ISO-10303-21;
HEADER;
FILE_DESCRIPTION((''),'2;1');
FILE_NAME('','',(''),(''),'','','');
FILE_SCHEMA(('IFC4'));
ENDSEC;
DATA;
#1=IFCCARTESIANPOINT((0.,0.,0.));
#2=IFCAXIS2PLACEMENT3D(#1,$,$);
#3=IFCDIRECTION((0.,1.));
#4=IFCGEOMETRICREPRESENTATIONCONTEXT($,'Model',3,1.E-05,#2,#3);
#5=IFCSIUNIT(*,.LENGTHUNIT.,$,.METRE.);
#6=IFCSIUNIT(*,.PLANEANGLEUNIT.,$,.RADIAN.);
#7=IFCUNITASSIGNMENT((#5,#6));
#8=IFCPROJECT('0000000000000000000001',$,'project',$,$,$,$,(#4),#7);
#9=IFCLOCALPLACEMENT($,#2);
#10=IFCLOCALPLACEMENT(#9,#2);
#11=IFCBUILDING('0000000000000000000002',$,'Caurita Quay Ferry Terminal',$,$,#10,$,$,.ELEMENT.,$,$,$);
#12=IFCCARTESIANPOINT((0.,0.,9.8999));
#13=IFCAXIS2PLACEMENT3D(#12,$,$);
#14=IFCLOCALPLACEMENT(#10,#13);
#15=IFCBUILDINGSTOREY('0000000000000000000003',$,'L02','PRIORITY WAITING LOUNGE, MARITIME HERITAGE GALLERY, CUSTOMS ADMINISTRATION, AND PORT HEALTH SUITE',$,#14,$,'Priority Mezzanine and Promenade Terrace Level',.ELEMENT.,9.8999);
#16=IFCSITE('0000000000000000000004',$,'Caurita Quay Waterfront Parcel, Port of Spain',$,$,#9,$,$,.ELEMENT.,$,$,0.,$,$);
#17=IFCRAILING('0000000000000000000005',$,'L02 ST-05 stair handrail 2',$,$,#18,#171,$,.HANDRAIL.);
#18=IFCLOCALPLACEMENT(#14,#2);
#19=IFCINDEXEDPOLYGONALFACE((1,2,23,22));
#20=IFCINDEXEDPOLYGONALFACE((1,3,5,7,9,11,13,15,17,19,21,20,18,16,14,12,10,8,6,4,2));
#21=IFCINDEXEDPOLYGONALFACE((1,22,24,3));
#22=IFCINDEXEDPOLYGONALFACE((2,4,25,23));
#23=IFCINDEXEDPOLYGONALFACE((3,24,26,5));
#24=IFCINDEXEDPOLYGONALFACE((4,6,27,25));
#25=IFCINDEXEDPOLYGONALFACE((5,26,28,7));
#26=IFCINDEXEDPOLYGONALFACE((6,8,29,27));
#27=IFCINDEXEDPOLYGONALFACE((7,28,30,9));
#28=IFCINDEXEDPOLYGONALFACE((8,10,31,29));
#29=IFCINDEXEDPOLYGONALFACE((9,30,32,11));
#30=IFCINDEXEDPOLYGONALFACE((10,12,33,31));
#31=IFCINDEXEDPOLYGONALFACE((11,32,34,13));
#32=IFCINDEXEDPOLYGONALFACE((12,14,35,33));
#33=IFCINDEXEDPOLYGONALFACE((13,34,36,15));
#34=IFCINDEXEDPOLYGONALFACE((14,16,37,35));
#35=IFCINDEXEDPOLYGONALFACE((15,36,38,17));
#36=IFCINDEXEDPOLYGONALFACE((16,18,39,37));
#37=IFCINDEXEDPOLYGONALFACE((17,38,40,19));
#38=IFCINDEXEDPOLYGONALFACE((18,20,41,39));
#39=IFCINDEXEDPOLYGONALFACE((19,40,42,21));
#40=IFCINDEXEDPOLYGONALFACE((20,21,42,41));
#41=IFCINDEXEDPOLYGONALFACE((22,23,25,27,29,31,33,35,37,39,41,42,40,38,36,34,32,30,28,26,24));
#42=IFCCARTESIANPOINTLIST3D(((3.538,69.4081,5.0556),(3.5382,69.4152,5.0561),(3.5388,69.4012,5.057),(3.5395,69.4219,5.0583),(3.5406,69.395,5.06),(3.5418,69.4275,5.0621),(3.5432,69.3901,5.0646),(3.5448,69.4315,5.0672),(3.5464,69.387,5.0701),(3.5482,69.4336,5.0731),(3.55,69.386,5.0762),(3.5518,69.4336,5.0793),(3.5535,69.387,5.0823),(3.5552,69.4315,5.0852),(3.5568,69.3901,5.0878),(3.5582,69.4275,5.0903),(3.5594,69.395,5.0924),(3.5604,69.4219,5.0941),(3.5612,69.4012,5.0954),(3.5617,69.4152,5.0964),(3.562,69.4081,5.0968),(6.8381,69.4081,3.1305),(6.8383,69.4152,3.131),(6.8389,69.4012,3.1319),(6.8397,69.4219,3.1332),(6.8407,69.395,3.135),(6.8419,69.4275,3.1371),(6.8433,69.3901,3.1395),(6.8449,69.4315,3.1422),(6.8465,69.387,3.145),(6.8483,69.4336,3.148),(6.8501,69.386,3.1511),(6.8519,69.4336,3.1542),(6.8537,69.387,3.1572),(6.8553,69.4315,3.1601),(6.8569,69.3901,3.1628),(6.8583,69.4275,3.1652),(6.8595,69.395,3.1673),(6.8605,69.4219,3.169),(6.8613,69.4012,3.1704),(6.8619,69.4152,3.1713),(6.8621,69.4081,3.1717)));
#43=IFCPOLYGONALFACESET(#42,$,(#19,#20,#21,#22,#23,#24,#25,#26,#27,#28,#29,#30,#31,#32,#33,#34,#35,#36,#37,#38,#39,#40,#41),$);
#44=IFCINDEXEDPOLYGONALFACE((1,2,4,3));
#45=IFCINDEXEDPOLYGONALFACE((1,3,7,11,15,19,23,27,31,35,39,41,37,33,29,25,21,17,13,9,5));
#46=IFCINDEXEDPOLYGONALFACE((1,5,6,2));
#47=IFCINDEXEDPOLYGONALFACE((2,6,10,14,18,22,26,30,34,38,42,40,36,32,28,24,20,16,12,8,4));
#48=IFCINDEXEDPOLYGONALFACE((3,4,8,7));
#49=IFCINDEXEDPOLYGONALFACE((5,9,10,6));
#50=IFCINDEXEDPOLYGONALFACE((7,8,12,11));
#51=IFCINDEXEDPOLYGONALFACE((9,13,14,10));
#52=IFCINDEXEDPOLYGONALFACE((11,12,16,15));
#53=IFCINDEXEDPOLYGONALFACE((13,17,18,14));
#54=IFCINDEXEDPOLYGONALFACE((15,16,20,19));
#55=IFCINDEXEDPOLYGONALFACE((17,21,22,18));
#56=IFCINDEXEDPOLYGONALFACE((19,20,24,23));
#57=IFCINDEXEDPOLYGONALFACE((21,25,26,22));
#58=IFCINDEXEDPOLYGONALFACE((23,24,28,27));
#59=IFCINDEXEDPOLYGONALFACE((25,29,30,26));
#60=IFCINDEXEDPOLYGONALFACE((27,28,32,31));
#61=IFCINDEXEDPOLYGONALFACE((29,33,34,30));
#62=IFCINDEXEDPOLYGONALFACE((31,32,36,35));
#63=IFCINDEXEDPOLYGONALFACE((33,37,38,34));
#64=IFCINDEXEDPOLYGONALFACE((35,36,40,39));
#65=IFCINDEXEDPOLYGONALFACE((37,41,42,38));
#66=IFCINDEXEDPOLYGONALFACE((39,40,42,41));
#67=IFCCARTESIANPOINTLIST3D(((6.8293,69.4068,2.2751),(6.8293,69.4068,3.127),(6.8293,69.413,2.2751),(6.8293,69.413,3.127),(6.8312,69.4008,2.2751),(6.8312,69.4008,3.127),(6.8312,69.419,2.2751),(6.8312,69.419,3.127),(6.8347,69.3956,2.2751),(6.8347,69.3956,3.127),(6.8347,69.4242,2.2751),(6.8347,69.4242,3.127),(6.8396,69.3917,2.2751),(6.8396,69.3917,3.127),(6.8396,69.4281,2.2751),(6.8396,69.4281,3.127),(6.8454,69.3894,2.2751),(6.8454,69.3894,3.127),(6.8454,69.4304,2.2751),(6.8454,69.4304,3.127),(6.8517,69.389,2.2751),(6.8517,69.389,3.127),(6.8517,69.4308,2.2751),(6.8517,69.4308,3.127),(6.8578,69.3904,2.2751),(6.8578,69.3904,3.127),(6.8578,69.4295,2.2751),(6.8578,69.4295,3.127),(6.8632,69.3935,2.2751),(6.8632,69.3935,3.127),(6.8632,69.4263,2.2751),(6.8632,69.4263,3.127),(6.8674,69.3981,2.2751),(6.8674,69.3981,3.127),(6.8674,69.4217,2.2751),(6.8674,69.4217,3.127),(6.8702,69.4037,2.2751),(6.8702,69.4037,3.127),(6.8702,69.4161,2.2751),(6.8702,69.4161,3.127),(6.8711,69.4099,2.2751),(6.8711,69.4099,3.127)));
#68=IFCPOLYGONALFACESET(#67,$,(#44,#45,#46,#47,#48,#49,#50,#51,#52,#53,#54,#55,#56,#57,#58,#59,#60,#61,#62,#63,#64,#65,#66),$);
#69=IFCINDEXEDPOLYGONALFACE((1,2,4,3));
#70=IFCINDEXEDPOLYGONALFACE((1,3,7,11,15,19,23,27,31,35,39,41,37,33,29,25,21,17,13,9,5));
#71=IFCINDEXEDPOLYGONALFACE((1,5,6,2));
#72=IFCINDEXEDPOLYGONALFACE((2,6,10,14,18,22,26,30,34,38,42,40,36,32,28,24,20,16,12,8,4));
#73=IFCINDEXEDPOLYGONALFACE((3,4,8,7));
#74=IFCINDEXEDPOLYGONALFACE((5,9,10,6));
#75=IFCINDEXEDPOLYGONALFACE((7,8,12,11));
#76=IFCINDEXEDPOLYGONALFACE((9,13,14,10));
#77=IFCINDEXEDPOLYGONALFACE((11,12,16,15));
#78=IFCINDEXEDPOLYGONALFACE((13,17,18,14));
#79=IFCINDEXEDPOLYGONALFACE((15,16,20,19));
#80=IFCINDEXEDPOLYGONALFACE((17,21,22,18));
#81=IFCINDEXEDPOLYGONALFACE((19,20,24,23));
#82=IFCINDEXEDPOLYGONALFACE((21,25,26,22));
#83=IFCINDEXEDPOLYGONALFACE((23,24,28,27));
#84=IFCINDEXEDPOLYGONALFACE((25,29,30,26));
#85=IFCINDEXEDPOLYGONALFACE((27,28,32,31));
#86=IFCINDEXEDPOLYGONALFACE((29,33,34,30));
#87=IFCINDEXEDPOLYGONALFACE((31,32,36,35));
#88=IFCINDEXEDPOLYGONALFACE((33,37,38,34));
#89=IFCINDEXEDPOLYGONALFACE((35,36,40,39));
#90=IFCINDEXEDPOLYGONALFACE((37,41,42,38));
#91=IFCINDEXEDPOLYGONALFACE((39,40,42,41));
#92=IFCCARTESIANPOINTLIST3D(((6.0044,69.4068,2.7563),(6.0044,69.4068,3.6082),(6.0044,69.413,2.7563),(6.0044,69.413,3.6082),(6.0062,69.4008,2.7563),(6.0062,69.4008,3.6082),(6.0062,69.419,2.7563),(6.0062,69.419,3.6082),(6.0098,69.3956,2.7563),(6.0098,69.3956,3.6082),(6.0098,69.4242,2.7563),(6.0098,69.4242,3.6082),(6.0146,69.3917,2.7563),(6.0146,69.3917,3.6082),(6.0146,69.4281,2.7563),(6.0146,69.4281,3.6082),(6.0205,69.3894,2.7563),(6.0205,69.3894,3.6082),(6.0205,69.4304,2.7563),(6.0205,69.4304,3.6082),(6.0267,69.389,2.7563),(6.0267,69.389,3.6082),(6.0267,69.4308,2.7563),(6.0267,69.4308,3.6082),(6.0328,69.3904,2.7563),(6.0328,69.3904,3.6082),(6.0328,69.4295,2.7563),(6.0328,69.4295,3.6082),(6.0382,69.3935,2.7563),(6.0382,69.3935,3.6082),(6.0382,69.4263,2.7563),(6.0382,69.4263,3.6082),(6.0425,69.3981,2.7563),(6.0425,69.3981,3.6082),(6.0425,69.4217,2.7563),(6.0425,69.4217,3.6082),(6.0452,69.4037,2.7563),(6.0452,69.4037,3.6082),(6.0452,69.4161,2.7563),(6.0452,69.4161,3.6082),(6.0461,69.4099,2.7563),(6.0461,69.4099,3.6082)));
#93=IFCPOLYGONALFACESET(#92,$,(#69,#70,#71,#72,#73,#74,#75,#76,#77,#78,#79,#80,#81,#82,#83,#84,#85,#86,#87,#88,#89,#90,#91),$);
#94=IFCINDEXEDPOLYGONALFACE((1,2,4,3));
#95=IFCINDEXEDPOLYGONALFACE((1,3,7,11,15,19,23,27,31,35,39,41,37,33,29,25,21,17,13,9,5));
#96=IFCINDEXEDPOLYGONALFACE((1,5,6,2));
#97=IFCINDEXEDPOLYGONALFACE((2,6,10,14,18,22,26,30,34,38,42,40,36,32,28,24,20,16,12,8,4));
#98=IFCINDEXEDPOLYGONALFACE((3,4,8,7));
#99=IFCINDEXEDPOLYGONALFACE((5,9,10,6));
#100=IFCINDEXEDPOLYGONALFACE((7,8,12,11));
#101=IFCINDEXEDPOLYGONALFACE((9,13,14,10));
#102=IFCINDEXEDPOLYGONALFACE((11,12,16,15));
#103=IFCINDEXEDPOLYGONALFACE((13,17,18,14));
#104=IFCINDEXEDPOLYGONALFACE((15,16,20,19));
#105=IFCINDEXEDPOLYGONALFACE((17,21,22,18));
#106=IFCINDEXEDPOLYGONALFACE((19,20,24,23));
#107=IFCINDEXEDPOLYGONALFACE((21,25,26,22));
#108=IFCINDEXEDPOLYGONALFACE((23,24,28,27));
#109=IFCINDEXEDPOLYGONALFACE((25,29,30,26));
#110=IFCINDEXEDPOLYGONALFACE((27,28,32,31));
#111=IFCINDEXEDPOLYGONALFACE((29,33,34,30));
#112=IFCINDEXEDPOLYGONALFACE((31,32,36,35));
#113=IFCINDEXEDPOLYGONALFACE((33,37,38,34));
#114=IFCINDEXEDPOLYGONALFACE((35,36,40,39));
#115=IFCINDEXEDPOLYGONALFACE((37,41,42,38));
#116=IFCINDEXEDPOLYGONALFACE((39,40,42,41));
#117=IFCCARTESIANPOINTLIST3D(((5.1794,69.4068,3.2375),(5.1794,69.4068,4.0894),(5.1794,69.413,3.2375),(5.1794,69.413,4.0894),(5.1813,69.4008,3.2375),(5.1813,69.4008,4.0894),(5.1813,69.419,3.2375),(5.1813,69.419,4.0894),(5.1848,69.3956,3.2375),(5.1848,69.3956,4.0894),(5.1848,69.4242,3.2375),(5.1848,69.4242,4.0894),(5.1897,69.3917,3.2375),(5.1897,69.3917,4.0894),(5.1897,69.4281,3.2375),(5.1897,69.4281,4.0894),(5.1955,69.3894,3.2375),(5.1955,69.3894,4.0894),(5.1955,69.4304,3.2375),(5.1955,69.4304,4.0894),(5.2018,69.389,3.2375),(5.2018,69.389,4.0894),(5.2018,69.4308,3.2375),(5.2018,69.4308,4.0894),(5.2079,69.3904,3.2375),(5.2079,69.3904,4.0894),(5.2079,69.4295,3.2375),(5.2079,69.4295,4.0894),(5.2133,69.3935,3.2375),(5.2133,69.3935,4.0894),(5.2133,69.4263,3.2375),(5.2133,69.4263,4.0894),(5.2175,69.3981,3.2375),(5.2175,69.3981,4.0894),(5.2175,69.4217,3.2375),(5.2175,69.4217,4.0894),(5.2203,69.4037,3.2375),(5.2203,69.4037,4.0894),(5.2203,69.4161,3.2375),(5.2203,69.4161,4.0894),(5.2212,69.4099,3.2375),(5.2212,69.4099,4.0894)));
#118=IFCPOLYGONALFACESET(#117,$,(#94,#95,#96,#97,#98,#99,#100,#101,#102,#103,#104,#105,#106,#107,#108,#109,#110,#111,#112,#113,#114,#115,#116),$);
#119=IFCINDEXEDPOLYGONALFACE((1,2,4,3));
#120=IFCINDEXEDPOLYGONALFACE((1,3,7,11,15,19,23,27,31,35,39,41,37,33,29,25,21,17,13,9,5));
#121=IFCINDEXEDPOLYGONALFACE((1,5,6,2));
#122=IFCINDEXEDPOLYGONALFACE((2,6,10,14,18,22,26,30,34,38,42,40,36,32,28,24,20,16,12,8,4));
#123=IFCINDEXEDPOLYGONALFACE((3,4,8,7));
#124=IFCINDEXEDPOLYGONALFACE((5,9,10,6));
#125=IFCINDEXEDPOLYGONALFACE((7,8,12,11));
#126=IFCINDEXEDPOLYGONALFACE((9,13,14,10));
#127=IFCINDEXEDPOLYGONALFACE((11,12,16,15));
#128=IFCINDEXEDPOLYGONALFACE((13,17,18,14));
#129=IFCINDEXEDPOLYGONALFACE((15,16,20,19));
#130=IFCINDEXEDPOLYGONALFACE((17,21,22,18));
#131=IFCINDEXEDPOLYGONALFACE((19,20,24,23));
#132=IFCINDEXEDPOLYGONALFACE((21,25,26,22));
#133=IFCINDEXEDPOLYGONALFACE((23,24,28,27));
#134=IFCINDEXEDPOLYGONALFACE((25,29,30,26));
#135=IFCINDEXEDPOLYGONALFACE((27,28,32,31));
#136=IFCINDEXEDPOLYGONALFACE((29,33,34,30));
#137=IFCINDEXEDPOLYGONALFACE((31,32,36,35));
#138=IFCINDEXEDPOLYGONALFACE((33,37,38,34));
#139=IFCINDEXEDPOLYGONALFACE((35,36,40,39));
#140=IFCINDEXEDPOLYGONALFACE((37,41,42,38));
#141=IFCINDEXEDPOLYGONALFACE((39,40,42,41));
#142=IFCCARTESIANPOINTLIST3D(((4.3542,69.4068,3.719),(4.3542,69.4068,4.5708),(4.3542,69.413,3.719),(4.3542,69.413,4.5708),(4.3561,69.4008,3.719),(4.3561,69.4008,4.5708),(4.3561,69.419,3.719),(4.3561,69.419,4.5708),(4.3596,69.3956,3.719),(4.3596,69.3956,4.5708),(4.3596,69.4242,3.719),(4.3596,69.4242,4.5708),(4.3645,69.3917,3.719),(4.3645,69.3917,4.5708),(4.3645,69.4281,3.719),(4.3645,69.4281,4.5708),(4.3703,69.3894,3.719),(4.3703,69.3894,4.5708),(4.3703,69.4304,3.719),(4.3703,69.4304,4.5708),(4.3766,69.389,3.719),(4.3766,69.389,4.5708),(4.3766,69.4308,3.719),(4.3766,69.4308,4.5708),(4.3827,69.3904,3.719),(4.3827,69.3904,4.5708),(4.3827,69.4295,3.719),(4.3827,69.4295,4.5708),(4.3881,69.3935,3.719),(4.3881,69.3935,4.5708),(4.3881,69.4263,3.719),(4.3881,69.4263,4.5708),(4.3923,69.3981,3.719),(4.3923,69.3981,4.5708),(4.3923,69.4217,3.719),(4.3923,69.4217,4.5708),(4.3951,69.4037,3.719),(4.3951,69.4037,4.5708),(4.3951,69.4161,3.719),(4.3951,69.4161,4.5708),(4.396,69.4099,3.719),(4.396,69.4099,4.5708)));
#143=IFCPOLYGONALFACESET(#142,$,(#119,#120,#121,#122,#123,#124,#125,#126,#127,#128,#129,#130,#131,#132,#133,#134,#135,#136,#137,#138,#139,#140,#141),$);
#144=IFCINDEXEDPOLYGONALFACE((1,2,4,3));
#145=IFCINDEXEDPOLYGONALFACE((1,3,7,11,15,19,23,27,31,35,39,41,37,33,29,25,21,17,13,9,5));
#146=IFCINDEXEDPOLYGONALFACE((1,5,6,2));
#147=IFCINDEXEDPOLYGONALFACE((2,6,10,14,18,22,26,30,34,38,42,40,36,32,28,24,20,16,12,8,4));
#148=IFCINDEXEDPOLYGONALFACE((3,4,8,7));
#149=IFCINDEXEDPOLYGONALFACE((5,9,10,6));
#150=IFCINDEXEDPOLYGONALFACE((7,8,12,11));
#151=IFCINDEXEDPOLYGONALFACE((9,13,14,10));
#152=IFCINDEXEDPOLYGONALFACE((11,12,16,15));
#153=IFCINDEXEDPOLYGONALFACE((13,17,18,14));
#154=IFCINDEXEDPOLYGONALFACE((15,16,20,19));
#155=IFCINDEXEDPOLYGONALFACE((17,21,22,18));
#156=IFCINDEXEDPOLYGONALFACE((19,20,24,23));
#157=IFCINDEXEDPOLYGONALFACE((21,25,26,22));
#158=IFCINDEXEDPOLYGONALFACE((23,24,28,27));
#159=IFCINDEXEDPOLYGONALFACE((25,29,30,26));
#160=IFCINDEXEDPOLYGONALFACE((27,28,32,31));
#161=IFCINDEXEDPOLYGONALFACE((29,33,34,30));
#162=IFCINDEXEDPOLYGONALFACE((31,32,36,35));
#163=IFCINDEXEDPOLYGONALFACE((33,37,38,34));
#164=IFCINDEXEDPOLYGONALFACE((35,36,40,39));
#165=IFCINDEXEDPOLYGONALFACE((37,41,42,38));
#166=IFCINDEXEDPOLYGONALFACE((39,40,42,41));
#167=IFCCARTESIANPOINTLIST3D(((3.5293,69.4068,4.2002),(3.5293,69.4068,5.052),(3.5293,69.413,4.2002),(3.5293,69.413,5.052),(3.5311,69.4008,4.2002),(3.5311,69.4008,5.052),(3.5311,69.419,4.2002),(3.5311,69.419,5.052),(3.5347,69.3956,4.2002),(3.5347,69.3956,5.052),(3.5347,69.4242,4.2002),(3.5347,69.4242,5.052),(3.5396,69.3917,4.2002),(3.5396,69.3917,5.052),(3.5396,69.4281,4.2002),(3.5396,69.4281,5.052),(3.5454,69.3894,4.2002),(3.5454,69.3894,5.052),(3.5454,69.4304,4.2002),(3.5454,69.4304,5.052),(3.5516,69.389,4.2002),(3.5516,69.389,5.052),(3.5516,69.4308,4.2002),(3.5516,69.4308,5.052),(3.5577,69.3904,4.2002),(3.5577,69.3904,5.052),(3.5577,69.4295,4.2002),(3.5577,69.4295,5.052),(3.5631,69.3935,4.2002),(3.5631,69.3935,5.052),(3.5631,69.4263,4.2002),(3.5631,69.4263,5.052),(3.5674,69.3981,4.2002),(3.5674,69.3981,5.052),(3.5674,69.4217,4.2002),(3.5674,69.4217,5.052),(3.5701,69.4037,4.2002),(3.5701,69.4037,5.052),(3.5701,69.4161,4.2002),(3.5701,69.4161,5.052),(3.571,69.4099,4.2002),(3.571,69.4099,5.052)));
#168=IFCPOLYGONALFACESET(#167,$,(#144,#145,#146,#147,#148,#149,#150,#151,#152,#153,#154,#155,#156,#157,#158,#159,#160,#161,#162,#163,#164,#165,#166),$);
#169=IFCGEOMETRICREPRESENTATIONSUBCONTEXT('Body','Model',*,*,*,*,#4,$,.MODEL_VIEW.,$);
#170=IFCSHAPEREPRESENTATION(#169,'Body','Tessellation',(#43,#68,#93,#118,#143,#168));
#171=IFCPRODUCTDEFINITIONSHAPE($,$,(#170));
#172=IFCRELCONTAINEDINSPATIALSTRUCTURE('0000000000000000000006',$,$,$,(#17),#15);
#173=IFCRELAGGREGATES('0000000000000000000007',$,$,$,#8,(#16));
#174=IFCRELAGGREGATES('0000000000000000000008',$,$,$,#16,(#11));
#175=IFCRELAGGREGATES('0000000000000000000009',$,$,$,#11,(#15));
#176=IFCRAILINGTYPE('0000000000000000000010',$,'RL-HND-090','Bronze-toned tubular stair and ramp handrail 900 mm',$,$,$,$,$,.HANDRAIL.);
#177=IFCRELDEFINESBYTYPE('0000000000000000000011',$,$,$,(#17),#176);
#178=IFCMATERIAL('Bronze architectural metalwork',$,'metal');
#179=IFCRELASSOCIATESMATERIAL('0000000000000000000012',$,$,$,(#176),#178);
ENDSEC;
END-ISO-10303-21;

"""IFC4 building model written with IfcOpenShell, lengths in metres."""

from ifc_helpers import new_model, si_unit, direction, frame, origin, origin_2d, place, context, subcontext, project, spatial, circle, extrude, material, type_object, element, save


model = new_model("IFC4")

# Units and contexts
model_context = context("Model", 3, precision=1e-05, world=origin(), true_north=direction((0.0, 1.0)))
body_context = subcontext(model_context, "Body", "Model", "MODEL_VIEW")
ifc_project = project(units=[si_unit("LENGTHUNIT", "METRE"), si_unit("PLANEANGLEUNIT", "RADIAN")], contexts=[model_context])

# Site, building, storey
site_placement = place(None, origin())
site = spatial("IfcSite", under=ifc_project, at=site_placement, Name="Caurita Quay Waterfront Parcel, Port of Spain", CompositionType="ELEMENT", RefElevation=0.0)
building_placement = place(site_placement, origin())
building = spatial("IfcBuilding", under=site, at=building_placement, Name="Caurita Quay Ferry Terminal", CompositionType="ELEMENT")
storey_placement = place(building_placement, frame((0.0, 0.0, 9.8999)))
storey = spatial("IfcBuildingStorey", under=building, at=storey_placement, Name="L02", Description="PRIORITY WAITING LOUNGE, MARITIME HERITAGE GALLERY, CUSTOMS ADMINISTRATION, AND PORT HEALTH SUITE", LongName="Priority Mezzanine and Promenade Terrace Level", CompositionType="ELEMENT", Elevation=9.8999)

# Railing
ifc_material_1 = material(Name="Bronze architectural metalwork", Category="metal")
railing_type_1 = type_object("IfcRailingType", Name="RL-HND-090", Description="Bronze-toned tubular stair and ramp handrail 900 mm", PredefinedType="HANDRAIL", material=ifc_material_1)
railing_1_placement = place(storey_placement, frame((6.8501, 69.4099, 2.2751)))
element("IfcRailing", 1, at=railing_1_placement, inside=storey, type_object=railing_type_1, Name="L02 ST-05 stair handrail 2", PredefinedType="HANDRAIL", context=body_context, shape_type="SweptSolid", body=[
    extrude(circle(Radius=0.0239, at=origin_2d()), frame((0.0, 0.0, 0.876), z_axis=(-0.863777, 0.0, 0.503875), x_axis=(0.0, -1.0, 0.0)), (0.0, 0.0, 1.0), 3.8206),
    extrude(circle(Radius=0.021, at=origin_2d()), origin(), (0.0, 0.0, 1.0), 0.8518),
    extrude(circle(Radius=0.021, at=origin_2d()), frame((-0.825, 0.0, 0.4812)), (0.0, 0.0, 1.0), 0.8518),
    extrude(circle(Radius=0.021, at=origin_2d()), frame((-1.6499, 0.0, 0.9624)), (0.0, 0.0, 1.0), 0.8518),
    extrude(circle(Radius=0.021, at=origin_2d()), frame((-2.4751, 0.0, 1.4438)), (0.0, 0.0, 1.0), 0.8518),
    extrude(circle(Radius=0.021, at=origin_2d()), frame((-3.3, 0.0, 1.925)), (0.0, 0.0, 1.0), 0.8518),
])

save(model, "model.ifc")
